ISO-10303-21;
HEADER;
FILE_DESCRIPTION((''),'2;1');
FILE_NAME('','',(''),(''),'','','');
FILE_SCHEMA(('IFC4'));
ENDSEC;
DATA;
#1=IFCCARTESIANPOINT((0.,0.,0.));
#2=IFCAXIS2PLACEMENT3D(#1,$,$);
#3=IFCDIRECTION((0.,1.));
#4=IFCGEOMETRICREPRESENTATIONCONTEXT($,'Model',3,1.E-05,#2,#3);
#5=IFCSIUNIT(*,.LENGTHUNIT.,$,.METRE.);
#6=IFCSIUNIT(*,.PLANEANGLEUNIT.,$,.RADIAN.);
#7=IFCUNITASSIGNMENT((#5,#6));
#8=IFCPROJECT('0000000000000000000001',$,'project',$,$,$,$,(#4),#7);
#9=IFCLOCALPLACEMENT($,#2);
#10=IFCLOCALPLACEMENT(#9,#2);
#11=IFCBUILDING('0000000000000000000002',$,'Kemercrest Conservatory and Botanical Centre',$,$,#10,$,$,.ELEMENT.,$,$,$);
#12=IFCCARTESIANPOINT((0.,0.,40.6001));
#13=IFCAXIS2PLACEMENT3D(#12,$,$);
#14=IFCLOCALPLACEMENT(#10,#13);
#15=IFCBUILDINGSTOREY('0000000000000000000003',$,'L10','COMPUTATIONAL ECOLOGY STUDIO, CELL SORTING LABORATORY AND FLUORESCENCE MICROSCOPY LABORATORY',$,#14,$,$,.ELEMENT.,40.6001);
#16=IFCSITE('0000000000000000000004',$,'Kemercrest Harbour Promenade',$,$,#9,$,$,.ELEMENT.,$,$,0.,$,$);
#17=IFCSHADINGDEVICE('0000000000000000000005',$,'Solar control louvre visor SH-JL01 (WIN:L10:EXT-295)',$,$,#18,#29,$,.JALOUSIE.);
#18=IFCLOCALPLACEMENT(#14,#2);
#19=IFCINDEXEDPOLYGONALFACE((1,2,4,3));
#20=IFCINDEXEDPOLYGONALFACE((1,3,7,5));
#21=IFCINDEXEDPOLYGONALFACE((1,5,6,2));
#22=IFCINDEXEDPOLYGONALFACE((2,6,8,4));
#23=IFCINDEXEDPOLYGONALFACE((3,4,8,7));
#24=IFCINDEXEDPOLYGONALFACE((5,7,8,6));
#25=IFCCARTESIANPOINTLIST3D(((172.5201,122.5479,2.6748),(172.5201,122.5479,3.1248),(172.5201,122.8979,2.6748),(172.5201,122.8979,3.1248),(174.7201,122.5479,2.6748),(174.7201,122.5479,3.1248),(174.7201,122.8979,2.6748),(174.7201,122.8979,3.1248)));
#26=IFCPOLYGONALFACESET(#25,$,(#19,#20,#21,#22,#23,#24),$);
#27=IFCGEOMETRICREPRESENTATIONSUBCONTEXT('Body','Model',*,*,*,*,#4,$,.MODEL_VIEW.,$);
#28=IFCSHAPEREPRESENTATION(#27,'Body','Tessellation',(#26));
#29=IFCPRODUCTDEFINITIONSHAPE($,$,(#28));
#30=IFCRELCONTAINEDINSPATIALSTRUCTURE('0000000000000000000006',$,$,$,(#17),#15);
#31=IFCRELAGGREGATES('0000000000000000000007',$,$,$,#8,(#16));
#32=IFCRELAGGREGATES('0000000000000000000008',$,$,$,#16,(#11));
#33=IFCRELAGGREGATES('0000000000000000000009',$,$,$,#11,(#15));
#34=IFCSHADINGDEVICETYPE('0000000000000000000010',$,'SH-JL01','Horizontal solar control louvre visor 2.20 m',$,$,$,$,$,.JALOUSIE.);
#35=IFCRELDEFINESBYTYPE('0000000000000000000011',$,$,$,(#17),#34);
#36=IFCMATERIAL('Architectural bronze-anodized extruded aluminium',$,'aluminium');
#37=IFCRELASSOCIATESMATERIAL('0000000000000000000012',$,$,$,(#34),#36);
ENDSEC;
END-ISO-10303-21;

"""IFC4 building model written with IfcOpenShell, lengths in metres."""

from ifc_helpers import new_model, si_unit, direction, frame, origin, origin_2d, place, context, subcontext, project, spatial, rectangle, extrude, material, type_object, element, save


model = new_model("IFC4")

# Units and contexts
model_context = context("Model", 3, precision=1e-05, world=origin(), true_north=direction((0.0, 1.0)))
body_context = subcontext(model_context, "Body", "Model", "MODEL_VIEW")
ifc_project = project(units=[si_unit("LENGTHUNIT", "METRE"), si_unit("PLANEANGLEUNIT", "RADIAN")], contexts=[model_context])

# Site, building, storey
site_placement = place(None, origin())
site = spatial("IfcSite", under=ifc_project, at=site_placement, Name="Kemercrest Harbour Promenade", CompositionType="ELEMENT", RefElevation=0.0)
building_placement = place(site_placement, origin())
building = spatial("IfcBuilding", under=site, at=building_placement, Name="Kemercrest Conservatory and Botanical Centre", CompositionType="ELEMENT")
storey_placement = place(building_placement, frame((0.0, 0.0, 40.6001)))
storey = spatial("IfcBuildingStorey", under=building, at=storey_placement, Name="L10", Description="COMPUTATIONAL ECOLOGY STUDIO, CELL SORTING LABORATORY AND FLUORESCENCE MICROSCOPY LABORATORY", CompositionType="ELEMENT", Elevation=40.6001)

# Shading device
ifc_material_1 = material(Name="Architectural bronze-anodized extruded aluminium", Category="aluminium")
shading_device_type = type_object("IfcShadingDeviceType", Name="SH-JL01", Description="Horizontal solar control louvre visor 2.20 m", PredefinedType="JALOUSIE", material=ifc_material_1)
shading_device_placement = place(storey_placement, frame((173.6201, 122.7229, 2.6748), z_axis=(0.0, 0.0, 1.0), x_axis=(-1.0, 0.0, 0.0)))
element("IfcShadingDevice", 1, at=shading_device_placement, inside=storey, type_object=shading_device_type, Name="Solar control louvre visor SH-JL01 (WIN:L10:EXT-295)", PredefinedType="JALOUSIE", context=body_context, shape_type="SweptSolid", body=[
    extrude(rectangle(XDim=2.2, YDim=0.3501, at=origin_2d()), origin(), (0.0, 0.0, 1.0), 0.45),
])

save(model, "model.ifc")
